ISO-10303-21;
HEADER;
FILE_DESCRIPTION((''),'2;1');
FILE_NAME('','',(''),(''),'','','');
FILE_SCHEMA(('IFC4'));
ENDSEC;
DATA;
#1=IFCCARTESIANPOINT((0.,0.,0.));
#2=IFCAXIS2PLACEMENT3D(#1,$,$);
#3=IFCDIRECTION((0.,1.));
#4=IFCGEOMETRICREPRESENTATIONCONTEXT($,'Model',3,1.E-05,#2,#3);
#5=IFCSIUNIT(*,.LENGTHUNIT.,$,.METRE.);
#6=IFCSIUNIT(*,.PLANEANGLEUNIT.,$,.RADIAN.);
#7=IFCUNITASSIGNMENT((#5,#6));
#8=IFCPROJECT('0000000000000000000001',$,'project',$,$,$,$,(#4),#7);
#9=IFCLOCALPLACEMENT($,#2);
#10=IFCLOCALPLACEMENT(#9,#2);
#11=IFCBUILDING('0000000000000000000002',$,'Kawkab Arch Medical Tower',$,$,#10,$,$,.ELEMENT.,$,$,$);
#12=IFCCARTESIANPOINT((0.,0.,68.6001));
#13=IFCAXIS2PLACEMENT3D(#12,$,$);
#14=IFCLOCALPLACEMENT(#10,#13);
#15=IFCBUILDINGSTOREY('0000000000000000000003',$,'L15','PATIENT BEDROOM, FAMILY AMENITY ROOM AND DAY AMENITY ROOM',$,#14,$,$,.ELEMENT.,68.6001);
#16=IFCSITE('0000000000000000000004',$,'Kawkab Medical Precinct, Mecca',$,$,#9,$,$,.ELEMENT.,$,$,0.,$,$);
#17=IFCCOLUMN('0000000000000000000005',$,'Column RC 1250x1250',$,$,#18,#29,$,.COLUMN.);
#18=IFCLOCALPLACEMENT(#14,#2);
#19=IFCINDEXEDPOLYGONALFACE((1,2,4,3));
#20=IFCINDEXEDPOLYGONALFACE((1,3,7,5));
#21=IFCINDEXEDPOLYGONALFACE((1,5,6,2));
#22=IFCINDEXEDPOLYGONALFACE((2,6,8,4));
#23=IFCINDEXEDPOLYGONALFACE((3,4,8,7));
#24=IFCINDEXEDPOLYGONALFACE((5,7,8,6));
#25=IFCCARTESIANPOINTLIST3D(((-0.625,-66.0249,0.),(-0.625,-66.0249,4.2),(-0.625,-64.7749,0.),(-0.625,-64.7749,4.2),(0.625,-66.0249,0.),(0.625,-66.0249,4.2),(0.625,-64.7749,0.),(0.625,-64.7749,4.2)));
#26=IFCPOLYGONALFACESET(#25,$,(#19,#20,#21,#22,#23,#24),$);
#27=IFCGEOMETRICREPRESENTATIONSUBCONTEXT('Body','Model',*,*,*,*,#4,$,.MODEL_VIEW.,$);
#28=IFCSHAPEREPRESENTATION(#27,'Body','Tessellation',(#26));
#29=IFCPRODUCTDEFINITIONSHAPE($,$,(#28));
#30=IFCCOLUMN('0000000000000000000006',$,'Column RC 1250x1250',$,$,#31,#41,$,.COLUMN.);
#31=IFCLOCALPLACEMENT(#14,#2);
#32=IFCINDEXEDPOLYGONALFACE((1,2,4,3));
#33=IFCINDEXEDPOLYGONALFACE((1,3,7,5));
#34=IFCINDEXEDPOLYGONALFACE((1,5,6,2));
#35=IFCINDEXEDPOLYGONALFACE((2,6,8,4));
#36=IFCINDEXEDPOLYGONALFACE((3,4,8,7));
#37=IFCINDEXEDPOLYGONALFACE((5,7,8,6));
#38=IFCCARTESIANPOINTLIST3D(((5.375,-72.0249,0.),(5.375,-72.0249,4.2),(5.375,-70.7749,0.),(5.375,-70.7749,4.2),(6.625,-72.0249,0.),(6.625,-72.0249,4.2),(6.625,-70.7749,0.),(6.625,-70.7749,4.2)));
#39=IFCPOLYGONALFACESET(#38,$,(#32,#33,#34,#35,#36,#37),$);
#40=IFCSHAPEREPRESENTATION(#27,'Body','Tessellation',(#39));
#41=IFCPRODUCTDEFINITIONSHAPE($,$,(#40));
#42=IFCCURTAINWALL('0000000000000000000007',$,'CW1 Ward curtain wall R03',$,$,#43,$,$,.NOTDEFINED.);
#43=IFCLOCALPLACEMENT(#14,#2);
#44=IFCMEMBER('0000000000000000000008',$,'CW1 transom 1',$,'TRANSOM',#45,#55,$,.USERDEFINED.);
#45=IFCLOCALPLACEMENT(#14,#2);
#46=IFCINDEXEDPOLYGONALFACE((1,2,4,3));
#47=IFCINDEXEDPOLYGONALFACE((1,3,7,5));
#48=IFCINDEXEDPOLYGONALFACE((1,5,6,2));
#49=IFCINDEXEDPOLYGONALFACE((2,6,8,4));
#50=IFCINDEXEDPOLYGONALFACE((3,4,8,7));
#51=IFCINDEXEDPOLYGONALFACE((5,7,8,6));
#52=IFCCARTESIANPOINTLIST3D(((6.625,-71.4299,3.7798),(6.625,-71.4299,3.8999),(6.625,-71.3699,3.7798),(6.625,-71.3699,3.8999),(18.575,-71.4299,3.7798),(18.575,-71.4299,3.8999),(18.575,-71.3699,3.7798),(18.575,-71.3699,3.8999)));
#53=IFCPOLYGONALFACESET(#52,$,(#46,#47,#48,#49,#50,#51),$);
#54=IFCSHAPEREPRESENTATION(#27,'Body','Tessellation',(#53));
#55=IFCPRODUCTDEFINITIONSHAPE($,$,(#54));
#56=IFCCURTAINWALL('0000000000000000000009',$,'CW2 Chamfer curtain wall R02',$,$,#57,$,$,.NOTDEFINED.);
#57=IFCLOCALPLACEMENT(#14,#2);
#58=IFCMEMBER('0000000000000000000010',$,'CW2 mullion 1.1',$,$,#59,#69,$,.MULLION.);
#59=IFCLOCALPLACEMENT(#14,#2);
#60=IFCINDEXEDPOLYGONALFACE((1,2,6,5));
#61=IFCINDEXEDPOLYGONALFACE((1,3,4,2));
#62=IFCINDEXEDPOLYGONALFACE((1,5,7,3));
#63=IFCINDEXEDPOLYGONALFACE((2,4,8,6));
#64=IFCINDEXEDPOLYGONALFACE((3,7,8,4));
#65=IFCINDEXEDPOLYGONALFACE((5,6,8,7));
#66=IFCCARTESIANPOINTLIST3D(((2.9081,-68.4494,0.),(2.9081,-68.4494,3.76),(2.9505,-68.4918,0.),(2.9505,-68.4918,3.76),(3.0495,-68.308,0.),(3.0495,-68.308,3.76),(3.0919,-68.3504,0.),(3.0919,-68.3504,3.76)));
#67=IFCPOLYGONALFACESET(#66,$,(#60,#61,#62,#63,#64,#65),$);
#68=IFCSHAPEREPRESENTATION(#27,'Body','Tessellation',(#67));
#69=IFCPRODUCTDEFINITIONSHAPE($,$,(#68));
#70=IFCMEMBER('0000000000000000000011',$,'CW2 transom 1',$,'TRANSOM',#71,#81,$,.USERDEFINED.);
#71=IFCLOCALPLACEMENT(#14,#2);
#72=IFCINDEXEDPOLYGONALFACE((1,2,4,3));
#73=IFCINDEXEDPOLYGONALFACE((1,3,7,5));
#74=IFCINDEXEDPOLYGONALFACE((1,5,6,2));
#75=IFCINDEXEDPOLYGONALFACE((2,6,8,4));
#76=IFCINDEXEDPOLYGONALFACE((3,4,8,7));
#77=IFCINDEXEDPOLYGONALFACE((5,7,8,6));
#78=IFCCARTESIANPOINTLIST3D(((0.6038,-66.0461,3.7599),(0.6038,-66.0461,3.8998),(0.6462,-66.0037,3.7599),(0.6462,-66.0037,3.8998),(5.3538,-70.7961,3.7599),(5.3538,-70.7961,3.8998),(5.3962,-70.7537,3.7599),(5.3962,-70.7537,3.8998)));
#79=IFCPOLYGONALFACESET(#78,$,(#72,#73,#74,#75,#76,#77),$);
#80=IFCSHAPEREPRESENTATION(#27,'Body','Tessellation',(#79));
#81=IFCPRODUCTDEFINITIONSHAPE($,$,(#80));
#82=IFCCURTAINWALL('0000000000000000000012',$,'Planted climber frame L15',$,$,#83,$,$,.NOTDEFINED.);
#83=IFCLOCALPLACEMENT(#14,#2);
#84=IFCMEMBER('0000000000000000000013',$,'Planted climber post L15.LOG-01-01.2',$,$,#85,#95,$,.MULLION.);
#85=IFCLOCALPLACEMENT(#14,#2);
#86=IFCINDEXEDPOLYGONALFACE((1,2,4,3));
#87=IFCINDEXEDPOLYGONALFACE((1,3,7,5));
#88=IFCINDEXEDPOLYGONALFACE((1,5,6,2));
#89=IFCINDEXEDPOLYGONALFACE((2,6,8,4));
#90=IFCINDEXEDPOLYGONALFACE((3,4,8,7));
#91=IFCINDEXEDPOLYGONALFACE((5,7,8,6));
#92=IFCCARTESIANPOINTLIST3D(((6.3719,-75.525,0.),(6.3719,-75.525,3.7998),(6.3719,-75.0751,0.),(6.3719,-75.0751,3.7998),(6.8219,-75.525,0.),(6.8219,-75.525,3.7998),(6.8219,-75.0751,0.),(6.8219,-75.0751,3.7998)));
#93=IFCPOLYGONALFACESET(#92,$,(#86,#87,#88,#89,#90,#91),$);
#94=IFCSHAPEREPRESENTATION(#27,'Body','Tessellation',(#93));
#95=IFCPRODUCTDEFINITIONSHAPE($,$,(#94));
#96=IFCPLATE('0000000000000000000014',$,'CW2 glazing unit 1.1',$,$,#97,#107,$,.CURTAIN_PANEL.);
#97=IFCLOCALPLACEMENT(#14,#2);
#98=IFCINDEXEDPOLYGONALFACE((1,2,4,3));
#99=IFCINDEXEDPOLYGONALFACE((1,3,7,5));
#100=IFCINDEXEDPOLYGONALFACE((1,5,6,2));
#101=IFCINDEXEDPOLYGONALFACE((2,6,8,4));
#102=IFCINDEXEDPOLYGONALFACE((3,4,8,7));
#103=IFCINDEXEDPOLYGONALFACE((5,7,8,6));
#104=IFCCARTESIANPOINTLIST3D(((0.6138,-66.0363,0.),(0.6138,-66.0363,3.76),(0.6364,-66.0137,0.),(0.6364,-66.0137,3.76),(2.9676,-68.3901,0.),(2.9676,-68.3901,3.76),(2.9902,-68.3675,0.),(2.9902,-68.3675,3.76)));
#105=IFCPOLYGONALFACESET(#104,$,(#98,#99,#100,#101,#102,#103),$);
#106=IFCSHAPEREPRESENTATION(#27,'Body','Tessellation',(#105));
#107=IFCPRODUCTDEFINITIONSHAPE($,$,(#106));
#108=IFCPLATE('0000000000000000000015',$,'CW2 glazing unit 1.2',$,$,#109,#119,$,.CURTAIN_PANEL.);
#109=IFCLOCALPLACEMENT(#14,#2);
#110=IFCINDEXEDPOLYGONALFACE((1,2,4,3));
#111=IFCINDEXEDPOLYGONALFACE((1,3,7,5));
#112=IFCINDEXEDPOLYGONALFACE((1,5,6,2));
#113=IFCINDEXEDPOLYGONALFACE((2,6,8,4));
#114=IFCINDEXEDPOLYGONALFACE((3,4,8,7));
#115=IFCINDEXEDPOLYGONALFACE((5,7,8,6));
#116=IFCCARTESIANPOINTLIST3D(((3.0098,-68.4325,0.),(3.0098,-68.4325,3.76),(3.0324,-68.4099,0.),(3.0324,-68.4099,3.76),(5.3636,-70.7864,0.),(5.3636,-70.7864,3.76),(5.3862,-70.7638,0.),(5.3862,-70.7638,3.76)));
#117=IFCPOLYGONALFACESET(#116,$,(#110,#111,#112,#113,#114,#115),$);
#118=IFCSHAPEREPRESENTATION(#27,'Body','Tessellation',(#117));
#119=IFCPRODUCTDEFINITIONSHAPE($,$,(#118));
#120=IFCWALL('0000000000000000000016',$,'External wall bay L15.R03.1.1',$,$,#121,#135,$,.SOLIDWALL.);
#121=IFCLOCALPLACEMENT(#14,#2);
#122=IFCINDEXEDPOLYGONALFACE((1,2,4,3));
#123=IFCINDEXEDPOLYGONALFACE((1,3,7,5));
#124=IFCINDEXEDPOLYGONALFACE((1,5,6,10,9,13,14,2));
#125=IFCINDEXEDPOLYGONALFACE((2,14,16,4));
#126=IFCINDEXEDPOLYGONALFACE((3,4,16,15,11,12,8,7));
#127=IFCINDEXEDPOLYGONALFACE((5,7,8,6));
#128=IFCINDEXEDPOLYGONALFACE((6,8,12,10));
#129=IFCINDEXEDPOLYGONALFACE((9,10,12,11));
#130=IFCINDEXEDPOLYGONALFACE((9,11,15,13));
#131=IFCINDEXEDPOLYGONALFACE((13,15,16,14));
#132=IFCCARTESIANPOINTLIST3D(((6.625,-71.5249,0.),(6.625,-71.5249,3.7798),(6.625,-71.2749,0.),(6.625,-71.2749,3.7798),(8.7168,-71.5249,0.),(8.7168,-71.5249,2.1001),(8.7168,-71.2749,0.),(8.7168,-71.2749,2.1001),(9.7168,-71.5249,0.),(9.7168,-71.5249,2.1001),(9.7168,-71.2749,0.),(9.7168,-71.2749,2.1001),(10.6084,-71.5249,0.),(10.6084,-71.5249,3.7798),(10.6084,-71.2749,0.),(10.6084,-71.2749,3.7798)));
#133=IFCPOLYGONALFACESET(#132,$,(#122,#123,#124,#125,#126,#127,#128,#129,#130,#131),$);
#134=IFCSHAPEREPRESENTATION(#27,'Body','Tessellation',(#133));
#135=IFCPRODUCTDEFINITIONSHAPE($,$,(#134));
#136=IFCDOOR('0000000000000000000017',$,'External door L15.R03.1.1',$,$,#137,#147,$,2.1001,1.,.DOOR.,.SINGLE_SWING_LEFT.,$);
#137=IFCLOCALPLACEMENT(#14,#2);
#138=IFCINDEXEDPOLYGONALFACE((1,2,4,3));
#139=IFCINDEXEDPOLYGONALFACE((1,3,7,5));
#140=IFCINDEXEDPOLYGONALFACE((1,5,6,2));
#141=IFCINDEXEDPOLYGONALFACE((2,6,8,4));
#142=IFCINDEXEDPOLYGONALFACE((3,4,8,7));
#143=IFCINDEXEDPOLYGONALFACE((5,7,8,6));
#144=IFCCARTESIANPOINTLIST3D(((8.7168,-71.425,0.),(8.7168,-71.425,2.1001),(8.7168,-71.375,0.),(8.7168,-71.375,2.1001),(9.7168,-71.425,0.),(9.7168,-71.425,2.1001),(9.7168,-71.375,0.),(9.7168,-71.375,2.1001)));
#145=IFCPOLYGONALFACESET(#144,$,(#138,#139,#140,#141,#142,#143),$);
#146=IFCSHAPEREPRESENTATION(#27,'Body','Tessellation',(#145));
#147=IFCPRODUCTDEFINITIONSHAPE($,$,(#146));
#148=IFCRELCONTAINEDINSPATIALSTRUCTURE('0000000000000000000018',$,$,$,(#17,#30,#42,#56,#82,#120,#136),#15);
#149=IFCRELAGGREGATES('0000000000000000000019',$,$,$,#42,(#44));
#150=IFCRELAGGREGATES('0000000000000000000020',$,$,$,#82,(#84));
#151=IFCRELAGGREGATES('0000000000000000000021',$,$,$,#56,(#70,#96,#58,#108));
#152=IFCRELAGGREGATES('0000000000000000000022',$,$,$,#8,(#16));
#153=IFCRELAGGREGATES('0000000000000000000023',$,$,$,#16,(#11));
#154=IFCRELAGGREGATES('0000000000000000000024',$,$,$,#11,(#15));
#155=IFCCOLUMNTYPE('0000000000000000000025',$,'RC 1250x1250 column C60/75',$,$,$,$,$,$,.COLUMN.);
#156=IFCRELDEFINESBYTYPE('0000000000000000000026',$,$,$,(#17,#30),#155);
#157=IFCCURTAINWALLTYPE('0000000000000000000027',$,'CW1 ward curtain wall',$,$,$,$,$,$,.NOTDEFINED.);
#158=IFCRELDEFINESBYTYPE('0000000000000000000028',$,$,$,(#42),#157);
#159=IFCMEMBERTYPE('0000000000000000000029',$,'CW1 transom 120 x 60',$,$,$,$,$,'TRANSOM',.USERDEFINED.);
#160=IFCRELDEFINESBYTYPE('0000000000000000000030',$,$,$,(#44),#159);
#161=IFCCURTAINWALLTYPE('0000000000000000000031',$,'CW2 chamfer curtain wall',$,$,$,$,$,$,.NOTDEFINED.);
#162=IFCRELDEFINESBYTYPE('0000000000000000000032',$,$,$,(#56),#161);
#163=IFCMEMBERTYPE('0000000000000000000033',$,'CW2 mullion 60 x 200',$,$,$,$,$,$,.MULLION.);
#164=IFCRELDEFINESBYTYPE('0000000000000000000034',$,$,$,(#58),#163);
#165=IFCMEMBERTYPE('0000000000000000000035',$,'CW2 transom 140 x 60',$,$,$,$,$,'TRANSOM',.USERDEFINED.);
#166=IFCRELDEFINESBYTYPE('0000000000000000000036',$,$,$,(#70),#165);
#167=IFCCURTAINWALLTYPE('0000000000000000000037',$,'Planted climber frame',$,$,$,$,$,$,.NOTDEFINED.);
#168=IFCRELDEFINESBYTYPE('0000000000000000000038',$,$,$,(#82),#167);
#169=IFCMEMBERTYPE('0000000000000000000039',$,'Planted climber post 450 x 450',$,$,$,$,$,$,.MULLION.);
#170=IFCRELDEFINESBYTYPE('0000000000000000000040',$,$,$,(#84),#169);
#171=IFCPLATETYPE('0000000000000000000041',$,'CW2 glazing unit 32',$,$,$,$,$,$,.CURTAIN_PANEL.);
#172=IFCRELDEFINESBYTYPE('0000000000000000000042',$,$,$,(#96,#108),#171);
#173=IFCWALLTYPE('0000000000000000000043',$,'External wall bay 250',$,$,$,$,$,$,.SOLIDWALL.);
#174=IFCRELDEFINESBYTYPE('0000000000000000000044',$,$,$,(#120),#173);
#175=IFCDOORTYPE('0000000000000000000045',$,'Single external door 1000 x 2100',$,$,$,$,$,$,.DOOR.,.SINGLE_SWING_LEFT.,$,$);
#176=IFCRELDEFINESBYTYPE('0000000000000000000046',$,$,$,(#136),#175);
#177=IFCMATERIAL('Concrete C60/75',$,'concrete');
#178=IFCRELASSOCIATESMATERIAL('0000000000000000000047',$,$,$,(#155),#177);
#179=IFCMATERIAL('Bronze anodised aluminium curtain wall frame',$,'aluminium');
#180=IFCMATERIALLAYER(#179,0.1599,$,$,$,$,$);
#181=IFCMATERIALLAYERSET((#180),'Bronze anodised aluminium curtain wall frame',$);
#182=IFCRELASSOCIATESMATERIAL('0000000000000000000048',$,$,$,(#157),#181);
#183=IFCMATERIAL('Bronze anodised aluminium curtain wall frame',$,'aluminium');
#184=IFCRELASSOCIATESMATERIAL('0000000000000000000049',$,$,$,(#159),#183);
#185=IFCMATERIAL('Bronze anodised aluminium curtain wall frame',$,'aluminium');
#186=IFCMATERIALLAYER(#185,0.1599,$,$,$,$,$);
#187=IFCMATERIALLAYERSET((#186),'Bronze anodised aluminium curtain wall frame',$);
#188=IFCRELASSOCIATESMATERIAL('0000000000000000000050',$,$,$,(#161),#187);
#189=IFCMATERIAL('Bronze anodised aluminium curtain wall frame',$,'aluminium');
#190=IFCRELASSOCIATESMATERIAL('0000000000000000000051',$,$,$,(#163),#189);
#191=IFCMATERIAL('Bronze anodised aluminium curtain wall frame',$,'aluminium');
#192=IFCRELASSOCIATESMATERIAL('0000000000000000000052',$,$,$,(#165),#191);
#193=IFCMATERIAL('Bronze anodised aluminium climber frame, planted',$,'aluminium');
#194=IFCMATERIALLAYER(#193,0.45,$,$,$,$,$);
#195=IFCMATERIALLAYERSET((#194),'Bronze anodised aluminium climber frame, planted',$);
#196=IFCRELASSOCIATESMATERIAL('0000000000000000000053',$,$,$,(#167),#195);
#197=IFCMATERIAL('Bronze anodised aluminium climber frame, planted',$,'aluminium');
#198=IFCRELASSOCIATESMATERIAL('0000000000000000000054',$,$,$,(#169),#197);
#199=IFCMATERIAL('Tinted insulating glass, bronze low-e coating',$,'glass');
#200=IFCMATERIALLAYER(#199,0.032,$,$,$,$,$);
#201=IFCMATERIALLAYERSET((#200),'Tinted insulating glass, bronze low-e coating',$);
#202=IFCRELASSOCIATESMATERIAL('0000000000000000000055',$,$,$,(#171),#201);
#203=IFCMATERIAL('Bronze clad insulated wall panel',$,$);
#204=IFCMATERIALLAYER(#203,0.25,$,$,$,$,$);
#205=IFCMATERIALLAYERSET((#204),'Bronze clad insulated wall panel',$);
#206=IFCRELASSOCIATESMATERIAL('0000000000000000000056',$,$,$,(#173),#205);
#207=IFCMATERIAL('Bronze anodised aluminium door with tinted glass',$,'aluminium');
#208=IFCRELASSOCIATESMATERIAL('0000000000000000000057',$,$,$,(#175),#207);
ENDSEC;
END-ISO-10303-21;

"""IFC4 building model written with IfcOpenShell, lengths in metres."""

from ifc_helpers import new_model, si_unit, direction, frame, frame_2d, origin, origin_2d, place, context, subcontext, project, spatial, rectangle, extrude, material, layer, layer_set, material_profile, profile_set, type_object, element, fill, aggregate, save


model = new_model("IFC4")

# Units and contexts
model_context = context("Model", 3, precision=1e-05, world=origin(), true_north=direction((0.0, 1.0)))
body_context = subcontext(model_context, "Body", "Model", "MODEL_VIEW")
ifc_project = project(units=[si_unit("LENGTHUNIT", "METRE"), si_unit("PLANEANGLEUNIT", "RADIAN")], contexts=[model_context])

# Site, building, storey
site_placement = place(None, origin())
site = spatial("IfcSite", under=ifc_project, at=site_placement, Name="Kawkab Medical Precinct, Mecca", CompositionType="ELEMENT", RefElevation=0.0)
building_placement = place(site_placement, origin())
building = spatial("IfcBuilding", under=site, at=building_placement, Name="Kawkab Arch Medical Tower", CompositionType="ELEMENT")
storey_placement = place(building_placement, frame((0.0, 0.0, 68.6001)))
storey = spatial("IfcBuildingStorey", under=building, at=storey_placement, Name="L15", Description="PATIENT BEDROOM, FAMILY AMENITY ROOM AND DAY AMENITY ROOM", CompositionType="ELEMENT", Elevation=68.6001)

# Columns
ifc_material_1 = material(Name="Concrete C60/75", Category="concrete")
ifc_material_profile_1 = material_profile(ifc_material_1, rectangle(XDim=1.25, YDim=1.25, at=origin_2d()), Name="RC 1250x1250")
ifc_profile_set_1 = profile_set([ifc_material_profile_1], Name="Concrete C60/75")
column_type = type_object("IfcColumnType", Name="RC 1250x1250 column C60/75", PredefinedType="COLUMN", material=ifc_profile_set_1)
for number, where, z_axis, x_axis, name in (
    (1, (0.0, -65.3999, 0.0), (0.0, 0.0, 1.0), (1.0, 0.0, 0.0), "Column RC 1250x1250"),
    (2, (6.0, -71.3999, 0.0), (0.0, 0.0, 1.0), (1.0, 0.0, 0.0), "Column RC 1250x1250"),
):
    element("IfcColumn", number, at=place(storey_placement, frame(where, z_axis=z_axis, x_axis=x_axis)), inside=storey, type_object=column_type, Name=name, PredefinedType="COLUMN", context=body_context, shape_type="SweptSolid", body=[
        extrude(rectangle(XDim=1.25, YDim=1.25, at=origin_2d()), origin(), (0.0, 0.0, 1.0), 4.2),
    ])

# Curtain wall, member
ifc_material_2 = material(Name="Bronze anodised aluminium curtain wall frame", Category="aluminium")
ifc_layer_1 = layer(ifc_material_2, 0.1599)
ifc_layer_set_1 = layer_set([ifc_layer_1], Name="Bronze anodised aluminium curtain wall frame")
curtain_wall_type_1 = type_object("IfcCurtainWallType", Name="CW1 ward curtain wall", PredefinedType="NOTDEFINED", material=ifc_layer_set_1)
placement = place(storey_placement, origin())
curtain_wall_1 = element("IfcCurtainWall", 3, at=placement, inside=storey, type_object=curtain_wall_type_1, Name="CW1 Ward curtain wall R03", PredefinedType="NOTDEFINED")
ifc_material_3 = material(Name="Bronze anodised aluminium curtain wall frame", Category="aluminium")
ifc_material_profile_2 = material_profile(ifc_material_3, rectangle(XDim=0.0601, YDim=0.1201, at=origin_2d()), Name="AL 60x120")
ifc_profile_set_2 = profile_set([ifc_material_profile_2], Name="Bronze anodised aluminium curtain wall frame")
member_type_1 = type_object("IfcMemberType", Name="CW1 transom 120 x 60", ElementType="TRANSOM", PredefinedType="USERDEFINED", material=ifc_profile_set_2)
member_1_placement = place(storey_placement, frame((6.625, -71.3999, 3.8398), z_axis=(1.0, 0.0, 0.0), x_axis=(0.0, 1.0, 0.0)))
member_1 = element("IfcMember", 4, at=member_1_placement, type_object=member_type_1, Name="CW1 transom 1", ObjectType="TRANSOM", PredefinedType="USERDEFINED", context=body_context, shape_type="SweptSolid", body=[
    extrude(rectangle(XDim=0.0601, YDim=0.1201, at=origin_2d()), origin(), (0.0, 0.0, 1.0), 11.95),
])
aggregate(curtain_wall_1, [member_1])

# Curtain wall, members
ifc_material_4 = material(Name="Bronze anodised aluminium curtain wall frame", Category="aluminium")
ifc_layer_2 = layer(ifc_material_4, 0.1599)
ifc_layer_set_2 = layer_set([ifc_layer_2], Name="Bronze anodised aluminium curtain wall frame")
curtain_wall_type_2 = type_object("IfcCurtainWallType", Name="CW2 chamfer curtain wall", PredefinedType="NOTDEFINED", material=ifc_layer_set_2)
curtain_wall_2 = element("IfcCurtainWall", 5, at=placement, inside=storey, type_object=curtain_wall_type_2, Name="CW2 Chamfer curtain wall R02", PredefinedType="NOTDEFINED")
ifc_material_5 = material(Name="Bronze anodised aluminium curtain wall frame", Category="aluminium")
ifc_material_profile_3 = material_profile(ifc_material_5, rectangle(XDim=0.2, YDim=0.0601, at=origin_2d()), Name="AL 60x200")
ifc_profile_set_3 = profile_set([ifc_material_profile_3], Name="Bronze anodised aluminium curtain wall frame")
member_type_2 = type_object("IfcMemberType", Name="CW2 mullion 60 x 200", PredefinedType="MULLION", material=ifc_profile_set_3)
member_2_placement = place(storey_placement, frame((3.0, -68.3999, 0.0), z_axis=(0.0, 0.0, 1.0), x_axis=(0.707107, 0.707107, 0.0)))
member_2 = element("IfcMember", 6, at=member_2_placement, type_object=member_type_2, Name="CW2 mullion 1.1", PredefinedType="MULLION", context=body_context, shape_type="SweptSolid", body=[
    extrude(rectangle(XDim=0.2, YDim=0.0601, at=origin_2d()), origin(), (0.0, 0.0, 1.0), 3.76),
])
ifc_material_6 = material(Name="Bronze anodised aluminium curtain wall frame", Category="aluminium")
ifc_material_profile_4 = material_profile(ifc_material_6, rectangle(XDim=0.0601, YDim=0.1399, at=origin_2d()), Name="AL 60x140")
ifc_profile_set_4 = profile_set([ifc_material_profile_4], Name="Bronze anodised aluminium curtain wall frame")
member_type_3 = type_object("IfcMemberType", Name="CW2 transom 140 x 60", ElementType="TRANSOM", PredefinedType="USERDEFINED", material=ifc_profile_set_4)
member_3_placement = place(storey_placement, frame((0.625, -66.0249, 3.8298), z_axis=(0.707107, -0.707107, 0.0), x_axis=(0.707107, 0.707107, 0.0)))
member_3 = element("IfcMember", 7, at=member_3_placement, type_object=member_type_3, Name="CW2 transom 1", ObjectType="TRANSOM", PredefinedType="USERDEFINED", context=body_context, shape_type="SweptSolid", body=[
    extrude(rectangle(XDim=0.0601, YDim=0.1399, at=origin_2d()), origin(), (0.0, 0.0, 1.0), 6.7175),
])

# Curtain wall, member
ifc_material_7 = material(Name="Bronze anodised aluminium climber frame, planted", Category="aluminium")
ifc_layer_3 = layer(ifc_material_7, 0.45)
ifc_layer_set_3 = layer_set([ifc_layer_3], Name="Bronze anodised aluminium climber frame, planted")
curtain_wall_type_3 = type_object("IfcCurtainWallType", Name="Planted climber frame", PredefinedType="NOTDEFINED", material=ifc_layer_set_3)
curtain_wall_3 = element("IfcCurtainWall", 8, at=placement, inside=storey, type_object=curtain_wall_type_3, Name="Planted climber frame L15", PredefinedType="NOTDEFINED")
ifc_material_8 = material(Name="Bronze anodised aluminium climber frame, planted", Category="aluminium")
ifc_material_profile_5 = material_profile(ifc_material_8, rectangle(XDim=0.45, YDim=0.45, at=origin_2d()), Name="Post 450x450")
ifc_profile_set_5 = profile_set([ifc_material_profile_5], Name="Bronze anodised aluminium climber frame, planted")
member_type_4 = type_object("IfcMemberType", Name="Planted climber post 450 x 450", PredefinedType="MULLION", material=ifc_profile_set_5)
member_4_placement = place(storey_placement, frame((6.5969, -75.3, 0.0), z_axis=(0.0, 0.0, 1.0), x_axis=(1.0, 0.0, 0.0)))
member_4 = element("IfcMember", 9, at=member_4_placement, type_object=member_type_4, Name="Planted climber post L15.LOG-01-01.2", PredefinedType="MULLION", context=body_context, shape_type="SweptSolid", body=[
    extrude(rectangle(XDim=0.45, YDim=0.45, at=origin_2d()), origin(), (0.0, 0.0, 1.0), 3.7998),
])
aggregate(curtain_wall_3, [member_4])

# Plates
ifc_material_9 = material(Name="Tinted insulating glass, bronze low-e coating", Category="glass")
ifc_layer_4 = layer(ifc_material_9, 0.032)
ifc_layer_set_4 = layer_set([ifc_layer_4], Name="Tinted insulating glass, bronze low-e coating")
plate_type = type_object("IfcPlateType", Name="CW2 glazing unit 32", PredefinedType="CURTAIN_PANEL", material=ifc_layer_set_4)
plate_1_placement = place(storey_placement, frame((1.802, -67.2019, 0.0), z_axis=(0.0, 0.0, 1.0), x_axis=(0.707107, -0.707107, 0.0)))
plate_1 = element("IfcPlate", 10, at=plate_1_placement, type_object=plate_type, Name="CW2 glazing unit 1.1", PredefinedType="CURTAIN_PANEL", context=body_context, shape_type="SweptSolid", body=[
    extrude(rectangle(XDim=3.3289, YDim=0.032, at=origin_2d()), origin(), (0.0, 0.0, 1.0), 3.76),
])
plate_2_placement = place(storey_placement, frame((4.198, -69.5981, 0.0), z_axis=(0.0, 0.0, 1.0), x_axis=(0.707107, -0.707107, 0.0)))
plate_2 = element("IfcPlate", 11, at=plate_2_placement, type_object=plate_type, Name="CW2 glazing unit 1.2", PredefinedType="CURTAIN_PANEL", context=body_context, shape_type="SweptSolid", body=[
    extrude(rectangle(XDim=3.3289, YDim=0.032, at=origin_2d()), origin(), (0.0, 0.0, 1.0), 3.76),
])
aggregate(curtain_wall_2, [member_3, plate_1, member_2, plate_2])

# Wall, opening, door
ifc_material_10 = material(Name="Bronze clad insulated wall panel")
ifc_layer_5 = layer(ifc_material_10, 0.25)
ifc_layer_set_5 = layer_set([ifc_layer_5], Name="Bronze clad insulated wall panel")
wall_type_1 = type_object("IfcWallType", Name="External wall bay 250", PredefinedType="SOLIDWALL", material=ifc_layer_set_5)
wall_1_placement = place(storey_placement, frame((6.625, -71.3999, 0.0), z_axis=(0.0, 0.0, 1.0), x_axis=(1.0, 0.0, 0.0)))
wall_1 = element("IfcWall", 12, at=wall_1_placement, inside=storey, type_object=wall_type_1, Name="External wall bay L15.R03.1.1", PredefinedType="SOLIDWALL", context=body_context, shape_type="SweptSolid", body=[
    extrude(rectangle(XDim=3.9834, YDim=0.25, at=frame_2d((1.9917, 0.0))), origin(), (0.0, 0.0, 1.0), 3.7798),
])
opening_1_placement = place(wall_1_placement, frame((2.0918, 0.0, 0.0)))
opening_1 = element("IfcOpeningElement", 13, at=opening_1_placement, cuts=wall_1, PredefinedType="OPENING", context=body_context, shape_type="SweptSolid", body=[
    extrude(rectangle(XDim=1.0, YDim=2.1001, at=frame_2d((0.5, 1.05))), frame((0.0, 0.135, 0.0), z_axis=(0.0, -1.0, 0.0), x_axis=(1.0, 0.0, 0.0)), (0.0, 0.0, 1.0), 0.27),
])
ifc_material_11 = material(Name="Bronze anodised aluminium door with tinted glass", Category="aluminium")
door_type_1 = type_object("IfcDoorType", Name="Single external door 1000 x 2100", OperationType="SINGLE_SWING_LEFT", PredefinedType="DOOR", material=ifc_material_11)
door_1_placement = place(opening_1_placement, origin())
door_1 = element("IfcDoor", 14, at=door_1_placement, inside=storey, type_object=door_type_1, Name="External door L15.R03.1.1", OperationType="SINGLE_SWING_LEFT", OverallHeight=2.1001, OverallWidth=1.0, PredefinedType="DOOR", context=body_context, shape_type="SweptSolid", body=[
    extrude(rectangle(XDim=1.0, YDim=2.1001, at=frame_2d((0.5, 1.05))), frame((0.0, 0.0249, 0.0), z_axis=(0.0, -1.0, 0.0), x_axis=(1.0, 0.0, 0.0)), (0.0, 0.0, 1.0), 0.05),
])
fill(opening_1, door_1)

save(model, "model.ifc")
